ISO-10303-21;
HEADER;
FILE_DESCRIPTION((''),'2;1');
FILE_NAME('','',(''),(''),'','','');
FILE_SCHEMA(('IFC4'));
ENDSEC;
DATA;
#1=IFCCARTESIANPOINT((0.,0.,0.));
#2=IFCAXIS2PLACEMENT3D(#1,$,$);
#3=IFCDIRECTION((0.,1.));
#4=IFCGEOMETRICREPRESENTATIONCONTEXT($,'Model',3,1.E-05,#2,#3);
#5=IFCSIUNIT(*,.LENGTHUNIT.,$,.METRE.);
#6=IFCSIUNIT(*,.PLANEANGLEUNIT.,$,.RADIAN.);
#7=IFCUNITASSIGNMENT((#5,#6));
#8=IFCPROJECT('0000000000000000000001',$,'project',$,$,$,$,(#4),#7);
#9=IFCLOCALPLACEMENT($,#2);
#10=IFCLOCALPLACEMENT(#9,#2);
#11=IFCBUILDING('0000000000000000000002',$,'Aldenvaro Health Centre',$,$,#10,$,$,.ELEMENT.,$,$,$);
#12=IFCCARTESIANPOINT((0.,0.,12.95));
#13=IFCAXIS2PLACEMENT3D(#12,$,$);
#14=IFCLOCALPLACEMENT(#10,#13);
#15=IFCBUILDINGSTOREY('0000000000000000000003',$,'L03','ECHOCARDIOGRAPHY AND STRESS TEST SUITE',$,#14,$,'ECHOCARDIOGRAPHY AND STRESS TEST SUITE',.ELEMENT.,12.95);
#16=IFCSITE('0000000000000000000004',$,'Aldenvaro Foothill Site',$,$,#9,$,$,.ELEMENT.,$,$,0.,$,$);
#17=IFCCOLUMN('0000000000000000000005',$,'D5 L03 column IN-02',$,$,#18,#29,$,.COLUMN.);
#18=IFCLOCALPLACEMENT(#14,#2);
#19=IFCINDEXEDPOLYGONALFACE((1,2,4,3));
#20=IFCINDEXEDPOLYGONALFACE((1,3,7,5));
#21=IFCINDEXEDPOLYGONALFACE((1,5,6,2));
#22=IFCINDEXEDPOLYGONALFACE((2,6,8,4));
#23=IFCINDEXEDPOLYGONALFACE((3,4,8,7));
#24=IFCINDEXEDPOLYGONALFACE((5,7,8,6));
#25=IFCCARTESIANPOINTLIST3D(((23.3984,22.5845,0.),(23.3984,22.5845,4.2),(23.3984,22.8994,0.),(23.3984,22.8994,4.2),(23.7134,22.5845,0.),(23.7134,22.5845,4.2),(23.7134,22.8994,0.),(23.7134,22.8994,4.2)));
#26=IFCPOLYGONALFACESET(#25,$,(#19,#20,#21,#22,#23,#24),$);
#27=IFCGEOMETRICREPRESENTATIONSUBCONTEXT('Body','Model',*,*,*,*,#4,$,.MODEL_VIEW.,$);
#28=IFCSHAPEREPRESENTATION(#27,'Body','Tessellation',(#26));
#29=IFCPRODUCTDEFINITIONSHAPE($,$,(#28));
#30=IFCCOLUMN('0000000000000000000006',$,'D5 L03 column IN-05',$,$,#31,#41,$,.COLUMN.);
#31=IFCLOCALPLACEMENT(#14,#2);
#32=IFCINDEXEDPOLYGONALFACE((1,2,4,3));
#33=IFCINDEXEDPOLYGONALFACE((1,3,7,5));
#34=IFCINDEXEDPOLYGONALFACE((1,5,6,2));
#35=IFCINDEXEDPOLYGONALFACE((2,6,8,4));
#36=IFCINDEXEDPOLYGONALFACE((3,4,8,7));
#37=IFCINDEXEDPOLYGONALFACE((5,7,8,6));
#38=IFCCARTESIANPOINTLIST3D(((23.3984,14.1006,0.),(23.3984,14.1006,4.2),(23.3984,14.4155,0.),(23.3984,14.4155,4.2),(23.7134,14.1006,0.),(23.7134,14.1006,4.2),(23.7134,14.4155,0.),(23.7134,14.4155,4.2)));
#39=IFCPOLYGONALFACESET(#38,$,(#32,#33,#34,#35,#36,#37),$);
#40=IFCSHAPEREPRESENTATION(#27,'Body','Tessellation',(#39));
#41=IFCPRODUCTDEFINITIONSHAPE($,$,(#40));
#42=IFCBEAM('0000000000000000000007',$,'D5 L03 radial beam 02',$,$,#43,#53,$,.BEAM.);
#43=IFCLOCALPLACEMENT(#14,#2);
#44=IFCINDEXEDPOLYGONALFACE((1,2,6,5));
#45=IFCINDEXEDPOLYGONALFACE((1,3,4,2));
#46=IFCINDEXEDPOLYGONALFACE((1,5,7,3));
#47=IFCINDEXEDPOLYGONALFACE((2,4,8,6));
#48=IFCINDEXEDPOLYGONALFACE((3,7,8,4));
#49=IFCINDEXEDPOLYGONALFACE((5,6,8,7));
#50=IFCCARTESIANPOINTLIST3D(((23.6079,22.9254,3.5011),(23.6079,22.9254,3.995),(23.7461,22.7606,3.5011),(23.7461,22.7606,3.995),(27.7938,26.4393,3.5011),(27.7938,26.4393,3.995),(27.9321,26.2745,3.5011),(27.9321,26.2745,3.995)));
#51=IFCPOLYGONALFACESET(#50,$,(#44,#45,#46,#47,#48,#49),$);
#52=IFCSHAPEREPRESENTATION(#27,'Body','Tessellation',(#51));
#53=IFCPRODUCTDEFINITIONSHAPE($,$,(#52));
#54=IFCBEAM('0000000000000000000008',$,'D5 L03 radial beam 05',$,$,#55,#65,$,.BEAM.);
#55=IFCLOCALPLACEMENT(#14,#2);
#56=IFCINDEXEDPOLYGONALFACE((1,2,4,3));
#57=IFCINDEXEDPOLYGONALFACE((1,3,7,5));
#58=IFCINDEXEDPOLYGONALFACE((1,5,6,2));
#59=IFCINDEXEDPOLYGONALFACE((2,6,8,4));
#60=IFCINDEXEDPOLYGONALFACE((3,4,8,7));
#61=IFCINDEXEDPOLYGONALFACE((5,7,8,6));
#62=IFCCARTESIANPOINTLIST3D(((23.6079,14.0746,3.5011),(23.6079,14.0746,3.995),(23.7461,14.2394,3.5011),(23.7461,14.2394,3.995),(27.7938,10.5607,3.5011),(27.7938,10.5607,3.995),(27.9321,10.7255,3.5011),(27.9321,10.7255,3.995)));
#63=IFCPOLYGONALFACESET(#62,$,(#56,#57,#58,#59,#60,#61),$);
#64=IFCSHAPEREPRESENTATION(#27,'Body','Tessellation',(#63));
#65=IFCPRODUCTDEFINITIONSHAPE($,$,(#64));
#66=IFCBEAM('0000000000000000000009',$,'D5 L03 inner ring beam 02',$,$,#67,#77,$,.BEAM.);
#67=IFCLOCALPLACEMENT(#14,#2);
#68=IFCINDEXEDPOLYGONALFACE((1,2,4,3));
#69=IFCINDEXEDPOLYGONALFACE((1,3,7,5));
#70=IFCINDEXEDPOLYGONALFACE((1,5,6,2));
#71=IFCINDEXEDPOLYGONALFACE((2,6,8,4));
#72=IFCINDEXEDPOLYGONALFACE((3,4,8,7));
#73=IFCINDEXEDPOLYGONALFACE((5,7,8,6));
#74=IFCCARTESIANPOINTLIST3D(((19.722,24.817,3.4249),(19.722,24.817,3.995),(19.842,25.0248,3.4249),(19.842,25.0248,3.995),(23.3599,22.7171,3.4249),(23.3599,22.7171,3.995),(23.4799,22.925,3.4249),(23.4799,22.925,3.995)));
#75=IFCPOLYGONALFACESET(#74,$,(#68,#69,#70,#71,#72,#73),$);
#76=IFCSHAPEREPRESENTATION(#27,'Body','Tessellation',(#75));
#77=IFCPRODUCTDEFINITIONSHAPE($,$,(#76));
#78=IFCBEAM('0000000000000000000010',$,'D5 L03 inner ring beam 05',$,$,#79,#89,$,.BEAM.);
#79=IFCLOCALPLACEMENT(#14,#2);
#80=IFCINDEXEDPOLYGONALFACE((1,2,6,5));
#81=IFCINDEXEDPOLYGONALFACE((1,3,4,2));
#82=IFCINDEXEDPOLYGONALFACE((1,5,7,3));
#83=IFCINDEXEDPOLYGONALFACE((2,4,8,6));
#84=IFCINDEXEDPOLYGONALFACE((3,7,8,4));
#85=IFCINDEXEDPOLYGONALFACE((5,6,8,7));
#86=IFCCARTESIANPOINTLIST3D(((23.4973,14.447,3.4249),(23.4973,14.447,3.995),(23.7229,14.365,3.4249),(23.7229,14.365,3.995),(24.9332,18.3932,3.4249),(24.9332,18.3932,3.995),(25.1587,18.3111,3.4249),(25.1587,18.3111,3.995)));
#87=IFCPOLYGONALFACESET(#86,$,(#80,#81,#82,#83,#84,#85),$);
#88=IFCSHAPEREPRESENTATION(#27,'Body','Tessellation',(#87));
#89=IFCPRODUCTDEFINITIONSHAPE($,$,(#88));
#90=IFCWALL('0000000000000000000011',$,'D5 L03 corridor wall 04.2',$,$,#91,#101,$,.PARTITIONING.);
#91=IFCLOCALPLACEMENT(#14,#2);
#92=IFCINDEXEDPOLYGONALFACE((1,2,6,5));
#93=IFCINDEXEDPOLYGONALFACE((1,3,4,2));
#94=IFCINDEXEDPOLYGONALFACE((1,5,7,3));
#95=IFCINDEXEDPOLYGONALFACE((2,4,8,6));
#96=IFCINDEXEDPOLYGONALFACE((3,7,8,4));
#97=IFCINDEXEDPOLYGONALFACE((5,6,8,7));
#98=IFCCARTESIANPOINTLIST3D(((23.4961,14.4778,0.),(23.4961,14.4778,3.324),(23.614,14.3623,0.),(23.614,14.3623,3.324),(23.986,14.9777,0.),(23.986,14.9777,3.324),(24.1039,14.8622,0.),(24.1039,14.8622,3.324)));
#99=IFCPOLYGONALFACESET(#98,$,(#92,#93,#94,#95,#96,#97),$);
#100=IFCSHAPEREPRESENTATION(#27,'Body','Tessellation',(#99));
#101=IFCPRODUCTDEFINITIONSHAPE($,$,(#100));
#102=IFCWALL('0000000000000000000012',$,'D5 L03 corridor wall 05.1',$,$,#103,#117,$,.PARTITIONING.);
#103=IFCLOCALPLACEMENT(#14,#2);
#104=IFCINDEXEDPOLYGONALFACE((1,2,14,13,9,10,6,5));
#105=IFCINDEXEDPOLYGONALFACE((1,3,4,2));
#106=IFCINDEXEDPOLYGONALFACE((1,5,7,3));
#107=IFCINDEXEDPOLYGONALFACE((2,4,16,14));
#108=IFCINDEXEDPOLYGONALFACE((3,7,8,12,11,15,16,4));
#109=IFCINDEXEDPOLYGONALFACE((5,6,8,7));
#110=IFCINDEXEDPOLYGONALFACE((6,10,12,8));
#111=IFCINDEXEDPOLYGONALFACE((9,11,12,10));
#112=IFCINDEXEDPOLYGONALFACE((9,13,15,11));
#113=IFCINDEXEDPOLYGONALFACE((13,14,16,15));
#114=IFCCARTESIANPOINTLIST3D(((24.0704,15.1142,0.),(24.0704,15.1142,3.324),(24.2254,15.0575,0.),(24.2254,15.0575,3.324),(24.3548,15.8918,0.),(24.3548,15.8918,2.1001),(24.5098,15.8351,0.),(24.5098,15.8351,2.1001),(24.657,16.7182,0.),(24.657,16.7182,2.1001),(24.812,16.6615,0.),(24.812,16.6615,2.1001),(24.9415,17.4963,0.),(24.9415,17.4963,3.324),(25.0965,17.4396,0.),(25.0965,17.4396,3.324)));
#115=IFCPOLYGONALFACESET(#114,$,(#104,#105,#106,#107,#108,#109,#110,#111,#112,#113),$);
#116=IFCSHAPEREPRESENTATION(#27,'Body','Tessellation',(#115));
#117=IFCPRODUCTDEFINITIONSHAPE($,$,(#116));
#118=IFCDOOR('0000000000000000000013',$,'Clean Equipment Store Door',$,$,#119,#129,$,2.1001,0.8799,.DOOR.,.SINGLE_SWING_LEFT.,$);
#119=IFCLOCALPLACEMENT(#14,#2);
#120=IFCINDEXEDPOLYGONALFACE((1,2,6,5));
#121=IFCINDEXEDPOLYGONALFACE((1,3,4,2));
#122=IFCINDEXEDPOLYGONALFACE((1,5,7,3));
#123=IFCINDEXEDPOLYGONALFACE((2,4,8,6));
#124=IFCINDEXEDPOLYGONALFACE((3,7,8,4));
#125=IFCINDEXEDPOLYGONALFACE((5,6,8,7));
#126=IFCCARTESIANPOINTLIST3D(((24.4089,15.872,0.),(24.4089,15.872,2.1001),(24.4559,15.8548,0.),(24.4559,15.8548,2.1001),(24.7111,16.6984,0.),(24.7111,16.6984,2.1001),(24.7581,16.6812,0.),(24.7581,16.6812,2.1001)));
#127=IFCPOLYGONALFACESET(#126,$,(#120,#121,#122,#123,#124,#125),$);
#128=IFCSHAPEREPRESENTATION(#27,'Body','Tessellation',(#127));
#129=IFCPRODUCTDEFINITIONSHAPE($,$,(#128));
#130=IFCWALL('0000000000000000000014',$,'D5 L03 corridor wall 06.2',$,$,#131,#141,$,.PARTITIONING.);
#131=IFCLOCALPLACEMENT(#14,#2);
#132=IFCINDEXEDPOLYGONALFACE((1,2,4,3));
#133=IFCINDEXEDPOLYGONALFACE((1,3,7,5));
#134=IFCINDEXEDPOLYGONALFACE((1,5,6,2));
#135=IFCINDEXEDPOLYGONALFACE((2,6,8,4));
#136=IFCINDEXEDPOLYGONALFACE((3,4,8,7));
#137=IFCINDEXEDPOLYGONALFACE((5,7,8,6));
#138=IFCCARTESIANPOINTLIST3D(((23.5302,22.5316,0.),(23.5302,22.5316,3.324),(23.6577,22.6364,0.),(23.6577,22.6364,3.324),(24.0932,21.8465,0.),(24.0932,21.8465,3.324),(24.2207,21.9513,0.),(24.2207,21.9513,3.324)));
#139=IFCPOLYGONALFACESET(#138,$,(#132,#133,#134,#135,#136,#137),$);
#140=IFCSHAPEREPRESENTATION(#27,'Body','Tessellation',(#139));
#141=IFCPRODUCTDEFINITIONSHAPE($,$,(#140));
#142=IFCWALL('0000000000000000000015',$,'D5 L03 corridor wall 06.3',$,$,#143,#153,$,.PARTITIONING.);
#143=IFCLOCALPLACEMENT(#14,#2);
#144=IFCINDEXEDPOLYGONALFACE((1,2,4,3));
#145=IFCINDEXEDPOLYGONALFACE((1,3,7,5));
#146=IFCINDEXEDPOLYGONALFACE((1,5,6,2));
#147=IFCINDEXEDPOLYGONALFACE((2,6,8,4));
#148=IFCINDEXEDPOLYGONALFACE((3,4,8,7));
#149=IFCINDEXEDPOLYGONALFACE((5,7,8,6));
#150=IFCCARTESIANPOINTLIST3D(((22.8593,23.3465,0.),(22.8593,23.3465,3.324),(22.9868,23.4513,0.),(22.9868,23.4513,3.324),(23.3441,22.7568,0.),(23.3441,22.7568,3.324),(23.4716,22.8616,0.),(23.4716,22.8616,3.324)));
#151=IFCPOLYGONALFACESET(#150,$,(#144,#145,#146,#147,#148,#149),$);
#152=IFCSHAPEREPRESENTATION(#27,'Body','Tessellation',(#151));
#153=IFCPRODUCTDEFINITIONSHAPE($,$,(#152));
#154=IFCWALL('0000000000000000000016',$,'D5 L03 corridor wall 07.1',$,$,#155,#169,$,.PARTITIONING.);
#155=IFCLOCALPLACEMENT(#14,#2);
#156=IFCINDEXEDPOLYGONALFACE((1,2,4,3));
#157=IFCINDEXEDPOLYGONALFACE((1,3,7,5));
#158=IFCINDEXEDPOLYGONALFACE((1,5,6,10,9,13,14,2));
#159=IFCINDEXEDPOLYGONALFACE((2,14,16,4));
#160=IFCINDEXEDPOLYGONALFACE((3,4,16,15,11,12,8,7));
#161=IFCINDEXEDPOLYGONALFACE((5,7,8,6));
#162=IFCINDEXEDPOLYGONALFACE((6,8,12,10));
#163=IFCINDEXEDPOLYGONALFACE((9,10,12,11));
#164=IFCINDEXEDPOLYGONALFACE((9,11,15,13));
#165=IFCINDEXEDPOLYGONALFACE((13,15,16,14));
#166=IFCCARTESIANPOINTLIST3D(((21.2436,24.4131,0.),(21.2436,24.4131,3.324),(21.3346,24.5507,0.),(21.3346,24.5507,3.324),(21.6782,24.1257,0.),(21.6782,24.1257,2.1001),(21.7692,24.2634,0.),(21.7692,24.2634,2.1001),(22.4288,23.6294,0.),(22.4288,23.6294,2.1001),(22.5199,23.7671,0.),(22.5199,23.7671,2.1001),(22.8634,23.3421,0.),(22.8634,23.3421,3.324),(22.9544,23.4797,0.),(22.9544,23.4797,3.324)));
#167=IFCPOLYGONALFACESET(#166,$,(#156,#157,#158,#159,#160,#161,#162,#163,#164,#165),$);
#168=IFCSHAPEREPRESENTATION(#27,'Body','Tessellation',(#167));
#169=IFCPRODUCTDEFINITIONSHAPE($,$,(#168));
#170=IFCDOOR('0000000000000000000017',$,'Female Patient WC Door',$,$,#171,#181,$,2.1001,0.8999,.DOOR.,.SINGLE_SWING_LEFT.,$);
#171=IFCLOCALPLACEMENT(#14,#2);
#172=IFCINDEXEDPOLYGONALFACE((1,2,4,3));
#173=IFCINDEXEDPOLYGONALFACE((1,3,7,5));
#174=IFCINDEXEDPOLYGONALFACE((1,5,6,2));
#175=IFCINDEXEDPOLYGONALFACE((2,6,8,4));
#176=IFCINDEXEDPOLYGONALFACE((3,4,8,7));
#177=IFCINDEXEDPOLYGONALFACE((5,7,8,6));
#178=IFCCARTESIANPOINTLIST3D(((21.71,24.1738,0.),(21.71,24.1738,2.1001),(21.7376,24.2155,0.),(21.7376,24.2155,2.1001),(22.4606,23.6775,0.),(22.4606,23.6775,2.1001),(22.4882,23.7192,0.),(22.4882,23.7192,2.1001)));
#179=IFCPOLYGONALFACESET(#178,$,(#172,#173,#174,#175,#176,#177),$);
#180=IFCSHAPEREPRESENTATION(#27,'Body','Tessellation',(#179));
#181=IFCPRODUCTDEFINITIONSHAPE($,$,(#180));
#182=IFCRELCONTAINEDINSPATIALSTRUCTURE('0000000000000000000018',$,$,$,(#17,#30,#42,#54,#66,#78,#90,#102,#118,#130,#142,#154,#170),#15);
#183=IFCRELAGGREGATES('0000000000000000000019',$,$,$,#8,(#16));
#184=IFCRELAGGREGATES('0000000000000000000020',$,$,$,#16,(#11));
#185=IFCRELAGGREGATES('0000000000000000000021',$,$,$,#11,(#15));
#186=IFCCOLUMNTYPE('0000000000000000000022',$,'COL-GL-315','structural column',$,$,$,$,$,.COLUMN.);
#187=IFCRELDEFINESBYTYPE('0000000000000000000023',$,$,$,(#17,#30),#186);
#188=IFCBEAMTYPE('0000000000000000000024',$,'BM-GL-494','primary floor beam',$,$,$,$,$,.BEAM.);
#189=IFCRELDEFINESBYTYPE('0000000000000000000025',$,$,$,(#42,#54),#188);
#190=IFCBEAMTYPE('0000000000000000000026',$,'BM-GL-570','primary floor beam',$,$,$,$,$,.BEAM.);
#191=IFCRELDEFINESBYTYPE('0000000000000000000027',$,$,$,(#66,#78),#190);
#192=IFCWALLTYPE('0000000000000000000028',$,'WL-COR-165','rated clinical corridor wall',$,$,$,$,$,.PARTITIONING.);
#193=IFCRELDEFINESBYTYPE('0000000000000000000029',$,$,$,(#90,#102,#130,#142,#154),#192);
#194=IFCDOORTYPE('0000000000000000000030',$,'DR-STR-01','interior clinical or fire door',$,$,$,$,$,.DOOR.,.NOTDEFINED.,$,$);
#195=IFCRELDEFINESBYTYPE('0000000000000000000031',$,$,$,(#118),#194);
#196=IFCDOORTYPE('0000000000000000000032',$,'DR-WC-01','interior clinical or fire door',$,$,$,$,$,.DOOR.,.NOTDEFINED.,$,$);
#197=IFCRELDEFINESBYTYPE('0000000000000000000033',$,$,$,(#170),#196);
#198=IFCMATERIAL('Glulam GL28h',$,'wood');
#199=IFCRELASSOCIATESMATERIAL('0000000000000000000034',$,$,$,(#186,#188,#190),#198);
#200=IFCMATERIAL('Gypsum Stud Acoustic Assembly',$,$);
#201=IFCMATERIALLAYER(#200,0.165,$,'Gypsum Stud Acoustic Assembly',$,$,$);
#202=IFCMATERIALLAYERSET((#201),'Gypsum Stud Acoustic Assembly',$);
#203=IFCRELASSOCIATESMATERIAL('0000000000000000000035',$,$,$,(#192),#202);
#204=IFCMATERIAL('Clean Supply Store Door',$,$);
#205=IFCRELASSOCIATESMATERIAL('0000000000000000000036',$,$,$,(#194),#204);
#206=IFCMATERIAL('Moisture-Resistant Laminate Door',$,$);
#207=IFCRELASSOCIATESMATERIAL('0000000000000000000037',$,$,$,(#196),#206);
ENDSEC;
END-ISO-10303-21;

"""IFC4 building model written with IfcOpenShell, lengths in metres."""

from ifc_helpers import new_model, si_unit, direction, frame, frame_2d, origin, origin_2d, place, context, subcontext, project, spatial, rectangle, extrude, material, layer, layer_set, material_profile, profile_set, type_object, element, fill, save


model = new_model("IFC4")

# Units and contexts
model_context = context("Model", 3, precision=1e-05, world=origin(), true_north=direction((0.0, 1.0)))
body_context = subcontext(model_context, "Body", "Model", "MODEL_VIEW")
ifc_project = project(units=[si_unit("LENGTHUNIT", "METRE"), si_unit("PLANEANGLEUNIT", "RADIAN")], contexts=[model_context])

# Site, building, storey
site_placement = place(None, origin())
site = spatial("IfcSite", under=ifc_project, at=site_placement, Name="Aldenvaro Foothill Site", CompositionType="ELEMENT", RefElevation=0.0)
building_placement = place(site_placement, origin())
building = spatial("IfcBuilding", under=site, at=building_placement, Name="Aldenvaro Health Centre", CompositionType="ELEMENT")
storey_placement = place(building_placement, frame((0.0, 0.0, 12.95)))
storey = spatial("IfcBuildingStorey", under=building, at=storey_placement, Name="L03", Description="ECHOCARDIOGRAPHY AND STRESS TEST SUITE", LongName="ECHOCARDIOGRAPHY AND STRESS TEST SUITE", CompositionType="ELEMENT", Elevation=12.95)

# Columns
ifc_material_1 = material(Name="Glulam GL28h", Category="wood")
ifc_material_profile_1 = material_profile(ifc_material_1, rectangle(XDim=0.3149, YDim=0.3149, at=origin_2d()), Name="GL 315x315", Category="wood")
ifc_profile_set_1 = profile_set([ifc_material_profile_1], Name="Glulam GL28h")
column_type = type_object("IfcColumnType", Name="COL-GL-315", Description="structural column", PredefinedType="COLUMN", material=ifc_profile_set_1)
for number, where, z_axis, x_axis, name in (
    (1, (23.5559, 22.7419, 0.0), (0.0, 0.0, 1.0), (1.0, 0.0, 0.0), "D5 L03 column IN-02"),
    (2, (23.5559, 14.2581, 0.0), (0.0, 0.0, 1.0), (1.0, 0.0, 0.0), "D5 L03 column IN-05"),
):
    element("IfcColumn", number, at=place(storey_placement, frame(where, z_axis=z_axis, x_axis=x_axis)), inside=storey, type_object=column_type, Name=name, PredefinedType="COLUMN", context=body_context, shape_type="SweptSolid", body=[
        extrude(rectangle(XDim=0.3149, YDim=0.3149, at=origin_2d()), origin(), (0.0, 0.0, 1.0), 4.2),
    ])

# Beams
ifc_material_profile_2 = material_profile(ifc_material_1, rectangle(XDim=0.2151, YDim=0.4939, at=origin_2d()), Name="GL 215x494", Category="wood")
ifc_profile_set_2 = profile_set([ifc_material_profile_2], Name="Glulam GL28h")
beam_type_1 = type_object("IfcBeamType", Name="BM-GL-494", Description="primary floor beam", PredefinedType="BEAM", material=ifc_profile_set_2)
for number, where, z_axis, x_axis, name in (
    (3, (23.677, 22.843, 3.748), (0.765917, 0.64294, 0.0), (-0.64294, 0.765917, 0.0), "D5 L03 radial beam 02"),
    (4, (23.677, 14.157, 3.748), (0.765917, -0.64294, 0.0), (0.64294, 0.765917, 0.0), "D5 L03 radial beam 05"),
):
    element("IfcBeam", number, at=place(storey_placement, frame(where, z_axis=z_axis, x_axis=x_axis)), inside=storey, type_object=beam_type_1, Name=name, PredefinedType="BEAM", context=body_context, shape_type="SweptSolid", body=[
        extrude(rectangle(XDim=0.2151, YDim=0.4939, at=origin_2d()), origin(), (0.0, 0.0, 1.0), 5.4653),
    ])
ifc_material_profile_3 = material_profile(ifc_material_1, rectangle(XDim=0.24, YDim=0.5701, at=origin_2d()), Name="GL 240x570", Category="wood")
ifc_profile_set_3 = profile_set([ifc_material_profile_3], Name="Glulam GL28h")
beam_type_2 = type_object("IfcBeamType", Name="BM-GL-570", Description="primary floor beam", PredefinedType="BEAM", material=ifc_profile_set_3)
beam_1_placement = place(storey_placement, frame((23.4199, 22.821, 3.71), z_axis=(-0.866078, 0.499909, 0.0), x_axis=(-0.499909, -0.866078, 0.0)))
element("IfcBeam", 5, at=beam_1_placement, inside=storey, type_object=beam_type_2, Name="D5 L03 inner ring beam 02", PredefinedType="BEAM", context=body_context, shape_type="SweptSolid", body=[
    extrude(rectangle(XDim=0.24, YDim=0.5701, at=origin_2d()), origin(), (0.0, 0.0, 1.0), 4.2004),
])
beam_2_placement = place(storey_placement, frame((23.6101, 14.406, 3.71), z_axis=(0.341925, 0.939727, 0.0), x_axis=(-0.939727, 0.341925, 0.0)))
element("IfcBeam", 6, at=beam_2_placement, inside=storey, type_object=beam_type_2, Name="D5 L03 inner ring beam 05", PredefinedType="BEAM", context=body_context, shape_type="SweptSolid", body=[
    extrude(rectangle(XDim=0.24, YDim=0.5701, at=origin_2d()), origin(), (0.0, 0.0, 1.0), 4.1992),
])

# Wall
ifc_material_2 = material(Name="Gypsum Stud Acoustic Assembly")
ifc_layer_1 = layer(ifc_material_2, 0.165, Name="Gypsum Stud Acoustic Assembly")
ifc_layer_set_1 = layer_set([ifc_layer_1], Name="Gypsum Stud Acoustic Assembly")
wall_type_1 = type_object("IfcWallType", Name="WL-COR-165", Description="rated clinical corridor wall", PredefinedType="PARTITIONING", material=ifc_layer_set_1)
wall_1_placement = place(storey_placement, frame((23.5549, 14.4199, 0.0), z_axis=(0.0, 0.0, 1.0), x_axis=(0.699921, 0.71422, 0.0)))
element("IfcWall", 7, at=wall_1_placement, inside=storey, type_object=wall_type_1, Name="D5 L03 corridor wall 04.2", PredefinedType="PARTITIONING", context=body_context, shape_type="SweptSolid", body=[
    extrude(rectangle(XDim=0.7, YDim=0.165, at=frame_2d((0.3501, 0.0))), origin(), (0.0, 0.0, 1.0), 3.324),
])

# Wall, opening, door
wall_2_placement = place(storey_placement, frame((24.1479, 15.0859, 0.0), z_axis=(0.0, 0.0, 1.0), x_axis=(0.343443, 0.939174, 0.0)))
wall_2 = element("IfcWall", 8, at=wall_2_placement, inside=storey, type_object=wall_type_1, Name="D5 L03 corridor wall 05.1", PredefinedType="PARTITIONING", context=body_context, shape_type="SweptSolid", body=[
    extrude(rectangle(XDim=2.5364, YDim=0.165, at=frame_2d((1.2681, 0.0))), origin(), (0.0, 0.0, 1.0), 3.324),
])
opening_1_placement = place(wall_2_placement, frame((0.8279, 0.0, 0.0)))
opening_1 = element("IfcOpeningElement", 9, at=opening_1_placement, cuts=wall_2, PredefinedType="OPENING", context=body_context, shape_type="SweptSolid", body=[
    extrude(rectangle(XDim=0.8799, YDim=2.1001, at=frame_2d((0.4399, 1.05))), frame((0.0, 0.0925, 0.0), z_axis=(0.0, -1.0, 0.0), x_axis=(1.0, 0.0, 0.0)), (0.0, 0.0, 1.0), 0.1851),
])
ifc_material_3 = material(Name="Clean Supply Store Door")
door_type_1 = type_object("IfcDoorType", Name="DR-STR-01", Description="interior clinical or fire door", OperationType="NOTDEFINED", PredefinedType="DOOR", material=ifc_material_3)
door_1_placement = place(opening_1_placement, origin())
door_1 = element("IfcDoor", 10, at=door_1_placement, inside=storey, type_object=door_type_1, Name="Clean Equipment Store Door", OperationType="SINGLE_SWING_LEFT", OverallHeight=2.1001, OverallWidth=0.8799, PredefinedType="DOOR", context=body_context, shape_type="SweptSolid", body=[
    extrude(rectangle(XDim=0.8799, YDim=2.1001, at=frame_2d((0.4399, 1.05))), frame((0.0, 0.0249, 0.0), z_axis=(0.0, -1.0, 0.0), x_axis=(1.0, 0.0, 0.0)), (0.0, 0.0, 1.0), 0.05),
])
fill(opening_1, door_1)

# Walls
wall_3_placement = place(storey_placement, frame((24.157, 21.8989, 0.0), z_axis=(0.0, 0.0, 1.0), x_axis=(-0.634916, 0.772582, 0.0)))
element("IfcWall", 11, at=wall_3_placement, inside=storey, type_object=wall_type_1, Name="D5 L03 corridor wall 06.2", PredefinedType="PARTITIONING", context=body_context, shape_type="SweptSolid", body=[
    extrude(rectangle(XDim=0.8867, YDim=0.165, at=frame_2d((0.4434, 0.0))), origin(), (0.0, 0.0, 1.0), 3.324),
])
wall_4_placement = place(storey_placement, frame((23.408, 22.8091, 0.0), z_axis=(0.0, 0.0, 1.0), x_axis=(-0.635012, 0.772502, 0.0)))
element("IfcWall", 12, at=wall_4_placement, inside=storey, type_object=wall_type_1, Name="D5 L03 corridor wall 06.3", PredefinedType="PARTITIONING", context=body_context, shape_type="SweptSolid", body=[
    extrude(rectangle(XDim=0.7634, YDim=0.165, at=frame_2d((0.3818, 0.0))), origin(), (0.0, 0.0, 1.0), 3.324),
])

# Wall, opening, door
wall_5_placement = place(storey_placement, frame((22.9089, 23.4109, 0.0), z_axis=(0.0, 0.0, 1.0), x_axis=(-0.834153, 0.551534, 0.0)))
wall_5 = element("IfcWall", 13, at=wall_5_placement, inside=storey, type_object=wall_type_1, Name="D5 L03 corridor wall 07.1", PredefinedType="PARTITIONING", context=body_context, shape_type="SweptSolid", body=[
    extrude(rectangle(XDim=1.9419, YDim=0.165, at=frame_2d((0.9709, 0.0))), origin(), (0.0, 0.0, 1.0), 3.324),
])
opening_2_placement = place(wall_5_placement, frame((0.521, 0.0, 0.0)))
opening_2 = element("IfcOpeningElement", 14, at=opening_2_placement, cuts=wall_5, PredefinedType="OPENING", context=body_context, shape_type="SweptSolid", body=[
    extrude(rectangle(XDim=0.8999, YDim=2.1001, at=frame_2d((0.45, 1.05))), frame((0.0, 0.0925, 0.0), z_axis=(0.0, -1.0, 0.0), x_axis=(1.0, 0.0, 0.0)), (0.0, 0.0, 1.0), 0.1851),
])
ifc_material_4 = material(Name="Moisture-Resistant Laminate Door")
door_type_2 = type_object("IfcDoorType", Name="DR-WC-01", Description="interior clinical or fire door", OperationType="NOTDEFINED", PredefinedType="DOOR", material=ifc_material_4)
door_2_placement = place(opening_2_placement, origin())
door_2 = element("IfcDoor", 15, at=door_2_placement, inside=storey, type_object=door_type_2, Name="Female Patient WC Door", OperationType="SINGLE_SWING_LEFT", OverallHeight=2.1001, OverallWidth=0.8999, PredefinedType="DOOR", context=body_context, shape_type="SweptSolid", body=[
    extrude(rectangle(XDim=0.8999, YDim=2.1001, at=frame_2d((0.45, 1.05))), frame((0.0, 0.0249, 0.0), z_axis=(0.0, -1.0, 0.0), x_axis=(1.0, 0.0, 0.0)), (0.0, 0.0, 1.0), 0.05),
])
fill(opening_2, door_2)

save(model, "model.ifc")
